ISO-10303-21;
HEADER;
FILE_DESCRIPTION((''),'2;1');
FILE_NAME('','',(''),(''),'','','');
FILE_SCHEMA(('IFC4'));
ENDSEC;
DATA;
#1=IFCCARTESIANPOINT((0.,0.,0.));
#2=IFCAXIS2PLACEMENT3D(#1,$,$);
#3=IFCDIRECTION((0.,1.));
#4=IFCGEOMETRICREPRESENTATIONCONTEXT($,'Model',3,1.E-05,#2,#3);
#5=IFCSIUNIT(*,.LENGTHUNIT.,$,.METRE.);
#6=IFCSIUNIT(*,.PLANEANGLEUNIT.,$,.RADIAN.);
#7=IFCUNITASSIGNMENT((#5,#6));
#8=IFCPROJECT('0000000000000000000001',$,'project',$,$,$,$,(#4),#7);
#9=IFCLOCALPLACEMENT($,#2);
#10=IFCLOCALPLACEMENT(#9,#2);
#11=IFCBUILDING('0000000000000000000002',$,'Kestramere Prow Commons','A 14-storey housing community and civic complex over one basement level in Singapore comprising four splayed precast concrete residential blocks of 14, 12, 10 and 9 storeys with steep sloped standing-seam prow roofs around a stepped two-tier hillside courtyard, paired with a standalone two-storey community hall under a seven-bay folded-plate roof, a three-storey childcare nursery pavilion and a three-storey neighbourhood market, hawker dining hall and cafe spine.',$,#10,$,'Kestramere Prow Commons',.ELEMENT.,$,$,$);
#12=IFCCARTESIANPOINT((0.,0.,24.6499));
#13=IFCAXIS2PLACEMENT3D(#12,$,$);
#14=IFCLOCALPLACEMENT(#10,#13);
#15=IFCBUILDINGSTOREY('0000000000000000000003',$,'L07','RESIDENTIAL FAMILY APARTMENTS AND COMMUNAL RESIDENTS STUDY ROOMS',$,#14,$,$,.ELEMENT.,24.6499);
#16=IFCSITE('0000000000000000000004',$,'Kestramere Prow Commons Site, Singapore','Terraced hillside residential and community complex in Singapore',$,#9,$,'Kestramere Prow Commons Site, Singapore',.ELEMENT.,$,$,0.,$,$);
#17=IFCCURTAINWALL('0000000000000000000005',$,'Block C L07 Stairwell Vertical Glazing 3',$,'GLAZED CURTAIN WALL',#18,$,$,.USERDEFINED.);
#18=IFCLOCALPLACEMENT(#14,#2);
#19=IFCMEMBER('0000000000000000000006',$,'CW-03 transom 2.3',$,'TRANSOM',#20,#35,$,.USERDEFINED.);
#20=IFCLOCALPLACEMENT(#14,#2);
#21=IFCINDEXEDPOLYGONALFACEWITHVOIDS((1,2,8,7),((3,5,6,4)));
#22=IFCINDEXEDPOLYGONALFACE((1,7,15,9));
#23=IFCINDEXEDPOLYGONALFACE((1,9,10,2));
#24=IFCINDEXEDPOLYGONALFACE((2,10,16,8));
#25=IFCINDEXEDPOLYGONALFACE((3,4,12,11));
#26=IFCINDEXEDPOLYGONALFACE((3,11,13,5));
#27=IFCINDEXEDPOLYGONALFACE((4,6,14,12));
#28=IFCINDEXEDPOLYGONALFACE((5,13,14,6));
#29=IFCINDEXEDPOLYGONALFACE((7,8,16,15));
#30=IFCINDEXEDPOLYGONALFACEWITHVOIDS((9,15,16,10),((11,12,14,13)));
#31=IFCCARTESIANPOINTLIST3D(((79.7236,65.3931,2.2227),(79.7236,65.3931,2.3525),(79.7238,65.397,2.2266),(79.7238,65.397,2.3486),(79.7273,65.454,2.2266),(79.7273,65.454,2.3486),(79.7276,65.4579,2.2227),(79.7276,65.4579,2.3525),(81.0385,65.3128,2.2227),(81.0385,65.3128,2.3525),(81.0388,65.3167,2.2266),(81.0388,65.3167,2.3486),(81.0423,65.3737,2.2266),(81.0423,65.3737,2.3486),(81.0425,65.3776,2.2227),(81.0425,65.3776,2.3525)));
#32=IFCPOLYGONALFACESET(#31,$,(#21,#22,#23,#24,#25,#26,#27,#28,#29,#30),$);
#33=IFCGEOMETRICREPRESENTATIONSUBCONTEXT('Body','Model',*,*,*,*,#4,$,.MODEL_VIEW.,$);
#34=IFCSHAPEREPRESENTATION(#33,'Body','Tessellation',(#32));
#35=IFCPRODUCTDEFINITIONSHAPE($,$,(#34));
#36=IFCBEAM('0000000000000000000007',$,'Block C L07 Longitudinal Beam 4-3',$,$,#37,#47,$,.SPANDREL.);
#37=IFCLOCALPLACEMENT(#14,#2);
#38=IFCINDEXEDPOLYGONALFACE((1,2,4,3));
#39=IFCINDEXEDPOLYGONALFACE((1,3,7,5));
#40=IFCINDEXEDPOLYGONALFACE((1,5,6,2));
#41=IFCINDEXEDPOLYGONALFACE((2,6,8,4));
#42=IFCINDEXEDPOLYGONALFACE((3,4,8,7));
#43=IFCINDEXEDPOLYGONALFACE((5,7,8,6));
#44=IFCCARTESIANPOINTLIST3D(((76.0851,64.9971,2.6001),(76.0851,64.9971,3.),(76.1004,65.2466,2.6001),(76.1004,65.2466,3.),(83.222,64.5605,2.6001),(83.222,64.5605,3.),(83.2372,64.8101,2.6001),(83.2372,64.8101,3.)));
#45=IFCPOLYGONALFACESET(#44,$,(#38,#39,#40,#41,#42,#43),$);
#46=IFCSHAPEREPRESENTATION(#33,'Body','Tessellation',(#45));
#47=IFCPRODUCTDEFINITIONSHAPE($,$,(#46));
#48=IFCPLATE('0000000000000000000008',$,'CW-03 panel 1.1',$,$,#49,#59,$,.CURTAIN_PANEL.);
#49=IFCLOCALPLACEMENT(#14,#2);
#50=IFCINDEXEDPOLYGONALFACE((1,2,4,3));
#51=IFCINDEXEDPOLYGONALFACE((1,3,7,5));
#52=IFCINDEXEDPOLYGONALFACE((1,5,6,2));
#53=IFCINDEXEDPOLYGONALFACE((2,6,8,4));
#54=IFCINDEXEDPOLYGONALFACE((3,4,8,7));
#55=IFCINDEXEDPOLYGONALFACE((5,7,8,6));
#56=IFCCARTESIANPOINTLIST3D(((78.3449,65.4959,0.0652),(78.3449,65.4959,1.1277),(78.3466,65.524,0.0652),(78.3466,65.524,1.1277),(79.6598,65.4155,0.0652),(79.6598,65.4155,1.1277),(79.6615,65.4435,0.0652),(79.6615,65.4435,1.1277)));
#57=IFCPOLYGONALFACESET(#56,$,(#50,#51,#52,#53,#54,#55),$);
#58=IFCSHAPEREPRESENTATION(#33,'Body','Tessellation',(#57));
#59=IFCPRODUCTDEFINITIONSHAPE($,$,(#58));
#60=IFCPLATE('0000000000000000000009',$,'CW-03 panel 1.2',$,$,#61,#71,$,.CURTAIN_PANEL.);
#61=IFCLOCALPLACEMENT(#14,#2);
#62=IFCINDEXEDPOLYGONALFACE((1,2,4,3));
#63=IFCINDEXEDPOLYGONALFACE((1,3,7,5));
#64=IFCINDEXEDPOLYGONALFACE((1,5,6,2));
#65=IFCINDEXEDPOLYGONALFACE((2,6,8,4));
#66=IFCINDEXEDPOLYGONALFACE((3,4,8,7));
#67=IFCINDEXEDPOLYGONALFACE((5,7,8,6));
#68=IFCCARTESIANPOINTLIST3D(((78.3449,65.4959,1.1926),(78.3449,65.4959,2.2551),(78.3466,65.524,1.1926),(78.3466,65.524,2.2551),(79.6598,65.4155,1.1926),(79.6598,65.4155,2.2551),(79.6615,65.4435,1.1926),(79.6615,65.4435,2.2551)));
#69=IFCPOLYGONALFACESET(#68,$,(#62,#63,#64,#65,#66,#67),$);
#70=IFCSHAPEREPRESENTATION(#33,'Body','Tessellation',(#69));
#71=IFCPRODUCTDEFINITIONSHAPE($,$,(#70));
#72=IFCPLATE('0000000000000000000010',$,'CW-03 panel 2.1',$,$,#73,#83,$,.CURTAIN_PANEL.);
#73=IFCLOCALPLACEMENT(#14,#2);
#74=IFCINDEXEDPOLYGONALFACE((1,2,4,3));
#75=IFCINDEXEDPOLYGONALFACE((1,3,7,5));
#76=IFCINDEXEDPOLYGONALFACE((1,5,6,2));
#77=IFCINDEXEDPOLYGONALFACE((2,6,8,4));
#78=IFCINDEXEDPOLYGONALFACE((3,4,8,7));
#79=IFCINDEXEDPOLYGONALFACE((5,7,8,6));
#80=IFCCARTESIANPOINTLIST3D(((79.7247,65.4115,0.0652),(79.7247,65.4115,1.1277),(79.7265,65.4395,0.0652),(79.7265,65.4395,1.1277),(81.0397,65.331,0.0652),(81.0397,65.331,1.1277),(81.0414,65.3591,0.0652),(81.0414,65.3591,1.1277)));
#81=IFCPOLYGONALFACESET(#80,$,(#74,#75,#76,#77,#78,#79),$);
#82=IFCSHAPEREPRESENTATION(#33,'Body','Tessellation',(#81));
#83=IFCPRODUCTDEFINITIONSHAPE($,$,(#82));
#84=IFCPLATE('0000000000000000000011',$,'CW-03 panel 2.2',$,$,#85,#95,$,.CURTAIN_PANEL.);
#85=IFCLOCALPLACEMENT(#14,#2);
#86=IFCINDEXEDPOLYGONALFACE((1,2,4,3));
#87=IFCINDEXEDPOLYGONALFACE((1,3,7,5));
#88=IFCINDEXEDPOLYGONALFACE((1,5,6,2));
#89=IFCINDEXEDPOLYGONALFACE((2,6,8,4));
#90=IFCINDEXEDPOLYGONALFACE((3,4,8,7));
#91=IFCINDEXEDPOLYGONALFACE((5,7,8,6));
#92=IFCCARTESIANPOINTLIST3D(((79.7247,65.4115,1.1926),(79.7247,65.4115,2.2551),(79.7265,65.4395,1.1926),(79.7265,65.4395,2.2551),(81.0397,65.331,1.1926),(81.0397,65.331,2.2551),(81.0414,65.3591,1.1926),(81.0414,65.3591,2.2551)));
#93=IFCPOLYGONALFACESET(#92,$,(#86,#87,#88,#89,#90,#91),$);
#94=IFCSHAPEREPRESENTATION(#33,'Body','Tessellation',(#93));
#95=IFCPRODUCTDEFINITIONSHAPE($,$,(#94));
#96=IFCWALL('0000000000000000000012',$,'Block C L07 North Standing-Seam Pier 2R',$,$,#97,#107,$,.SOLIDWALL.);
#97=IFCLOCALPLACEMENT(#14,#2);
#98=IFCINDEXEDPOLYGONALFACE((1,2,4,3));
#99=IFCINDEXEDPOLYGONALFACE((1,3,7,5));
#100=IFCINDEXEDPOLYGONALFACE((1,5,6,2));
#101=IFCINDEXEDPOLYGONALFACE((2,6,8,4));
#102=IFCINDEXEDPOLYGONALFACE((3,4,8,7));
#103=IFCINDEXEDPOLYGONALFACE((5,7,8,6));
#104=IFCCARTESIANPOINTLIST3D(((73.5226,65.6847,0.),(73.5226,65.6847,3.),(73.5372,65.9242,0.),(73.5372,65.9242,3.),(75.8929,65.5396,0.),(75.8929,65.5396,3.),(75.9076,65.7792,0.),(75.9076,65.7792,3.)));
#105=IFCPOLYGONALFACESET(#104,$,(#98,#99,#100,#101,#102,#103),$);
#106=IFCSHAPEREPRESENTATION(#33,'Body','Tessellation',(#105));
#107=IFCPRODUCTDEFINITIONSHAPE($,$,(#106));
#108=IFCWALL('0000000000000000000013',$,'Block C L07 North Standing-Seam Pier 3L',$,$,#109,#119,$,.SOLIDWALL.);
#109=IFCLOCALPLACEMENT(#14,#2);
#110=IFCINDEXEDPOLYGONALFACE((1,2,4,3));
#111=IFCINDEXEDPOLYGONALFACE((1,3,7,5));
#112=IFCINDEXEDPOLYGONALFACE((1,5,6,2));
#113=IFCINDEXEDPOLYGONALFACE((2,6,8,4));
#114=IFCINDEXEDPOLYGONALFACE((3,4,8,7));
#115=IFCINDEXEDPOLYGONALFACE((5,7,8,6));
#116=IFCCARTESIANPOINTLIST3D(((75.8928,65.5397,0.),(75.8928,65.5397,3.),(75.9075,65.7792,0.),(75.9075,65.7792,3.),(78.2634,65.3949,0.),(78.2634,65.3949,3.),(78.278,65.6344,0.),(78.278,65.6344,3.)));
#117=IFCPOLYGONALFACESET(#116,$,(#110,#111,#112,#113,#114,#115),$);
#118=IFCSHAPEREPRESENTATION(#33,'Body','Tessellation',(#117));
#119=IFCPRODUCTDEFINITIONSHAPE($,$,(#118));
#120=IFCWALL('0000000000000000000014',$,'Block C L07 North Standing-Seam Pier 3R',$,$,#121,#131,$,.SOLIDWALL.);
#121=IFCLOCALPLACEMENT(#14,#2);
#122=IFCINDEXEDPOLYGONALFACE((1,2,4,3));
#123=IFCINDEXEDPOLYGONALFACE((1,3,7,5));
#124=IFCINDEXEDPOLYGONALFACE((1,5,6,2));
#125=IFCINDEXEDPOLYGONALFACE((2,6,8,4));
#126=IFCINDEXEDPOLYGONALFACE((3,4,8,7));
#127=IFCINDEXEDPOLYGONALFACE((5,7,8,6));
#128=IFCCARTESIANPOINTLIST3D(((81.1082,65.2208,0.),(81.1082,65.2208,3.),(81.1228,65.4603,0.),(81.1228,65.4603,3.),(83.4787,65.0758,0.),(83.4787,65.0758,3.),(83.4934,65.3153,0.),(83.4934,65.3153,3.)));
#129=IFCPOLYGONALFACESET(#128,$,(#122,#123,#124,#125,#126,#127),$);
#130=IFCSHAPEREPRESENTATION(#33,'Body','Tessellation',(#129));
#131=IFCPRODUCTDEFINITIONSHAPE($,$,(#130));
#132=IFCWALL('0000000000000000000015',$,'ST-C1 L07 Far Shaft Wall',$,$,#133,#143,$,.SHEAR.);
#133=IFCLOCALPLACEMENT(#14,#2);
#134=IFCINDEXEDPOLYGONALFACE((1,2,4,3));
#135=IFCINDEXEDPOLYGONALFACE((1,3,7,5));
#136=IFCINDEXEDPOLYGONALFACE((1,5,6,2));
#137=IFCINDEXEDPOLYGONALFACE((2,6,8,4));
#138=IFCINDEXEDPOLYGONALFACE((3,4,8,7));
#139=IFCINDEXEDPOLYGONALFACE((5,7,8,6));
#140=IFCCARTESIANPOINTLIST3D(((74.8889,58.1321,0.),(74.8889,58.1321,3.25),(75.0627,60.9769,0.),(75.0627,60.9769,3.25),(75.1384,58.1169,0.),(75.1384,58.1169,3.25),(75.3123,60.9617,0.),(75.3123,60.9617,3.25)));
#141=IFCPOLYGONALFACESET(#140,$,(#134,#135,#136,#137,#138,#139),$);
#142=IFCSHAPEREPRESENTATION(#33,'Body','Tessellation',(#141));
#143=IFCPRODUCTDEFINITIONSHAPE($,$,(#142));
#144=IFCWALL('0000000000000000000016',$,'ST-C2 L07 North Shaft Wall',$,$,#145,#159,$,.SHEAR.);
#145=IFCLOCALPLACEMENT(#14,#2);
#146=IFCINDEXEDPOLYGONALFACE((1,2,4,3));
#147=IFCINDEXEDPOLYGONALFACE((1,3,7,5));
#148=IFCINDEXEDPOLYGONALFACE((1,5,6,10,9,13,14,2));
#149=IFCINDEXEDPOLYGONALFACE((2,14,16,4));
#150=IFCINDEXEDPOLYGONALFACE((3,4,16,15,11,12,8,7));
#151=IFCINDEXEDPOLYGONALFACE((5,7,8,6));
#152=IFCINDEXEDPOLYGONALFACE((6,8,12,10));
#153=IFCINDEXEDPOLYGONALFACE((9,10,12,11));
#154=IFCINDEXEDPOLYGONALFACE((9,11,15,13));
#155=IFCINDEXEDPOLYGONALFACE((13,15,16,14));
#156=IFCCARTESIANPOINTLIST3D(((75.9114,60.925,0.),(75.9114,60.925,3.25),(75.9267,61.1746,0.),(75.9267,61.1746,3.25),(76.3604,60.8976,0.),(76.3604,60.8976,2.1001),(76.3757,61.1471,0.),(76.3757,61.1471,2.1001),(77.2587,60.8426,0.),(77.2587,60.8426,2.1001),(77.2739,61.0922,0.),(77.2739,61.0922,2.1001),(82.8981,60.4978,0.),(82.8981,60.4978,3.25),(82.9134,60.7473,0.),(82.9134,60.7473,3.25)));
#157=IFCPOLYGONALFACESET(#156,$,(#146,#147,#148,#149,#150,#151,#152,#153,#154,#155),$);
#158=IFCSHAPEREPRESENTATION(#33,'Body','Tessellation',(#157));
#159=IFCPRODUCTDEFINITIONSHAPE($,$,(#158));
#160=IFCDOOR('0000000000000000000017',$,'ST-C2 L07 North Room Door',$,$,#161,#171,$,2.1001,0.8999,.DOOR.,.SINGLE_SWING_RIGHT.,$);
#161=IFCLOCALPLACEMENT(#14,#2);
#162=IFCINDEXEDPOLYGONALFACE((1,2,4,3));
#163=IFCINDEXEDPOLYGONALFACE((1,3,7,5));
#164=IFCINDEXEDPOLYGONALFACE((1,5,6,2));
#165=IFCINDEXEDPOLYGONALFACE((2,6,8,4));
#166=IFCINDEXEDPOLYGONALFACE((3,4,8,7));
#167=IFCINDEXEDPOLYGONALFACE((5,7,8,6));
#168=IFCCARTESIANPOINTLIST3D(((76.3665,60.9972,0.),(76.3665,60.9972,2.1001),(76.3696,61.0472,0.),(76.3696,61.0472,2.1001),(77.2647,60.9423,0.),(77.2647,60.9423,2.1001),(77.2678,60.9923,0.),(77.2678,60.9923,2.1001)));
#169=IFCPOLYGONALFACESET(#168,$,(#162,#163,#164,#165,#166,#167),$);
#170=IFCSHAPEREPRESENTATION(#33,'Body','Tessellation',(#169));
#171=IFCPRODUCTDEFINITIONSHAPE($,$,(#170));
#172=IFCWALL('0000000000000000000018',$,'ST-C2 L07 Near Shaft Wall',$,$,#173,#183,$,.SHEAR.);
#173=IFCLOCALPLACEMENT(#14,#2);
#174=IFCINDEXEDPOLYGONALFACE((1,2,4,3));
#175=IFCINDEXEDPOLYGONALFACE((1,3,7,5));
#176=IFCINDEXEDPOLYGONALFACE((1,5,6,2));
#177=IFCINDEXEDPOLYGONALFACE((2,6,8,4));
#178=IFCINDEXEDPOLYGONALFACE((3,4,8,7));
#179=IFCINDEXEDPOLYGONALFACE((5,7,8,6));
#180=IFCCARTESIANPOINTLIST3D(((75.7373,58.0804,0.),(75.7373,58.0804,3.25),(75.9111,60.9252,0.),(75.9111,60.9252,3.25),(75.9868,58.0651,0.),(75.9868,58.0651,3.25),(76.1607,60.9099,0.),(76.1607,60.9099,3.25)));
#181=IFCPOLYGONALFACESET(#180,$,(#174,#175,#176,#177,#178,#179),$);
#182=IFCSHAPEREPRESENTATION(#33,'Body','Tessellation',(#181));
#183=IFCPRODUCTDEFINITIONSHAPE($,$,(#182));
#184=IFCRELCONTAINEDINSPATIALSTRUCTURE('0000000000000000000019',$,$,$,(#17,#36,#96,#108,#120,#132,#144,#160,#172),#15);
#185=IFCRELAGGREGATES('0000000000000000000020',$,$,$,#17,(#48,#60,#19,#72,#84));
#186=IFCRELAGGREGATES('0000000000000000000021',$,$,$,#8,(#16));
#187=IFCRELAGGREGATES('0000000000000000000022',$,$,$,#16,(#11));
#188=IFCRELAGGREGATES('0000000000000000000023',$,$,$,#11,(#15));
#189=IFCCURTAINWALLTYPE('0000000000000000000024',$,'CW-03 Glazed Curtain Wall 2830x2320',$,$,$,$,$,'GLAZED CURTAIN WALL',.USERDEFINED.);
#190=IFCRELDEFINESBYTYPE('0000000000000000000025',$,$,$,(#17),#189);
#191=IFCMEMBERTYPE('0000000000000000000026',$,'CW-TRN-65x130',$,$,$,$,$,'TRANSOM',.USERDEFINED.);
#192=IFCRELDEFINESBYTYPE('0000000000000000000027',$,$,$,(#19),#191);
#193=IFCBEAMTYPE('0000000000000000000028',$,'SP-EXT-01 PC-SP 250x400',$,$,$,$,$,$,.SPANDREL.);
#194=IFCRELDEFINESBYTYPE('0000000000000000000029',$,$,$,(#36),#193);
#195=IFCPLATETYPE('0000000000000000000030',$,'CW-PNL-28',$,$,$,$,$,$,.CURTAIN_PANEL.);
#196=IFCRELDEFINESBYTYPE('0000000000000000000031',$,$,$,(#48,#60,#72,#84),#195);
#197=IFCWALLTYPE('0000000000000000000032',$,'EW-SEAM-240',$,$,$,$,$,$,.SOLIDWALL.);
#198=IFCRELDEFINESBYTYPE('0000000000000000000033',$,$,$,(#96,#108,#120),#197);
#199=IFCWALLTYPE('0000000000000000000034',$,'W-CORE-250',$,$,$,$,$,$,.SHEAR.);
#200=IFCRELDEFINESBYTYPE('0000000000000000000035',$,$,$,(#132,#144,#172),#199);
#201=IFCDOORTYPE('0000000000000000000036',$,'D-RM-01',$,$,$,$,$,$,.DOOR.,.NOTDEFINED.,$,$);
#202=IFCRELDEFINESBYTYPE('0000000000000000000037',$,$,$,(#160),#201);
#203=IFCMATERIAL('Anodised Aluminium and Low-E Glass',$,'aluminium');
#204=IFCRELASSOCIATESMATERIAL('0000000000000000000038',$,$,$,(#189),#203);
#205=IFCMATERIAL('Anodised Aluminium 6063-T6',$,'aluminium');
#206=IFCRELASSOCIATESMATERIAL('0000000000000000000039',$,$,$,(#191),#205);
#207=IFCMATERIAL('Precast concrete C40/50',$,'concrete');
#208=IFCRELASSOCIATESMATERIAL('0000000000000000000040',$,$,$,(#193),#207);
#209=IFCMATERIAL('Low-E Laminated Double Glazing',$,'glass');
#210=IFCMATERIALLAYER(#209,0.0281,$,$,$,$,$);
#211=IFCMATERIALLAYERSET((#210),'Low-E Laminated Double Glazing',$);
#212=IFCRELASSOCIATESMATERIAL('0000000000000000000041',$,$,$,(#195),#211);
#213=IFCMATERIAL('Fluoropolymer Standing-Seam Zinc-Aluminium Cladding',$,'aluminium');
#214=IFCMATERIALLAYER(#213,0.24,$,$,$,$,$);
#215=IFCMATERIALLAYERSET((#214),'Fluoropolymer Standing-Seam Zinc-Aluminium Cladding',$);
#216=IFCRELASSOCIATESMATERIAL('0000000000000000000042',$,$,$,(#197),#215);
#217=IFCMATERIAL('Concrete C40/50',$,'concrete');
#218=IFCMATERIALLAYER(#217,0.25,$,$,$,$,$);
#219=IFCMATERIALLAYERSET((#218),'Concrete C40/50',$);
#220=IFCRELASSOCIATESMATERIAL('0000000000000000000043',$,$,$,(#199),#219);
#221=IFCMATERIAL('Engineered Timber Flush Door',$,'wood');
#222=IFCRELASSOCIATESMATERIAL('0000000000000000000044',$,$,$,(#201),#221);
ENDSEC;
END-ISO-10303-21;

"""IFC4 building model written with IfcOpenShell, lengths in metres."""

from ifc_helpers import new_model, si_unit, direction, frame, frame_2d, origin, origin_2d, place, context, subcontext, project, spatial, rectangle, hollow_rectangle, extrude, material, layer, layer_set, material_profile, profile_set, type_object, element, fill, aggregate, save


model = new_model("IFC4")

# Units and contexts
model_context = context("Model", 3, precision=1e-05, world=origin(), true_north=direction((0.0, 1.0)))
body_context = subcontext(model_context, "Body", "Model", "MODEL_VIEW")
ifc_project = project(units=[si_unit("LENGTHUNIT", "METRE"), si_unit("PLANEANGLEUNIT", "RADIAN")], contexts=[model_context])

# Site, building, storey
site_placement = place(None, origin())
site = spatial("IfcSite", under=ifc_project, at=site_placement, Name="Kestramere Prow Commons Site, Singapore", Description="Terraced hillside residential and community complex in Singapore", LongName="Kestramere Prow Commons Site, Singapore", CompositionType="ELEMENT", RefElevation=0.0)
building_placement = place(site_placement, origin())
building = spatial("IfcBuilding", under=site, at=building_placement, Name="Kestramere Prow Commons", Description="A 14-storey housing community and civic complex over one basement level in Singapore comprising four splayed precast concrete residential blocks of 14, 12, 10 and 9 storeys with steep sloped standing-seam prow roofs around a stepped two-tier hillside courtyard, paired with a standalone two-storey community hall under a seven-bay folded-plate roof, a three-storey childcare nursery pavilion and a three-storey neighbourhood market, hawker dining hall and cafe spine.", LongName="Kestramere Prow Commons", CompositionType="ELEMENT")
storey_placement = place(building_placement, frame((0.0, 0.0, 24.6499)))
storey = spatial("IfcBuildingStorey", under=building, at=storey_placement, Name="L07", Description="RESIDENTIAL FAMILY APARTMENTS AND COMMUNAL RESIDENTS STUDY ROOMS", CompositionType="ELEMENT", Elevation=24.6499)

# Shared definitions
ifc_material_1 = material(Name="Precast concrete C40/50", Category="concrete")

# Shared definitions
ifc_material_2 = material(Name="Concrete C40/50", Category="concrete")

# Shared definitions
ifc_material_3 = material(Name="Anodised Aluminium and Low-E Glass", Category="aluminium")
curtain_wall_type = type_object("IfcCurtainWallType", Name="CW-03 Glazed Curtain Wall 2830x2320", ElementType="GLAZED CURTAIN WALL", PredefinedType="USERDEFINED", material=ifc_material_3)
ifc_material_4 = material(Name="Anodised Aluminium 6063-T6", Category="aluminium")

# Curtain wall, member
curtain_wall_1_placement = place(storey_placement, origin())
curtain_wall_1 = element("IfcCurtainWall", 1, at=curtain_wall_1_placement, inside=storey, type_object=curtain_wall_type, Name="Block C L07 Stairwell Vertical Glazing 3", ObjectType="GLAZED CURTAIN WALL", PredefinedType="USERDEFINED")
ifc_material_profile_1 = material_profile(ifc_material_4, hollow_rectangle(XDim=0.0649, YDim=0.1299, WallThickness=0.0039, at=origin_2d()), Name="ALU-TRN 65x130")
ifc_profile_set_1 = profile_set([ifc_material_profile_1], Name="Anodised Aluminium 6063-T6")
member_type_1 = type_object("IfcMemberType", Name="CW-TRN-65x130", ElementType="TRANSOM", PredefinedType="USERDEFINED", material=ifc_profile_set_1)
member_1_placement = place(storey_placement, frame((79.7256, 65.4255, 2.2876), z_axis=(0.99814, -0.060971, 0.0), x_axis=(0.060971, 0.99814, 0.0)))
member_1 = element("IfcMember", 2, at=member_1_placement, type_object=member_type_1, Name="CW-03 transom 2.3", ObjectType="TRANSOM", PredefinedType="USERDEFINED", context=body_context, shape_type="SweptSolid", body=[
    extrude(hollow_rectangle(XDim=0.0649, YDim=0.1299, WallThickness=0.0039, at=origin_2d()), origin(), (0.0, 0.0, 1.0), 1.3174),
])

# Beam
ifc_material_profile_2 = material_profile(ifc_material_1, rectangle(XDim=0.25, YDim=0.3999, at=origin_2d()), Name="PC-SP 250x400")
ifc_profile_set_2 = profile_set([ifc_material_profile_2], Name="Precast concrete C40/50")
beam_type_1 = type_object("IfcBeamType", Name="SP-EXT-01 PC-SP 250x400", PredefinedType="SPANDREL", material=ifc_profile_set_2)
beam_1_placement = place(storey_placement, frame((76.0928, 65.1218, 2.8), z_axis=(0.998135, -0.061052, 0.0), x_axis=(0.061052, 0.998135, 0.0)))
element("IfcBeam", 3, at=beam_1_placement, inside=storey, type_object=beam_type_1, Name="Block C L07 Longitudinal Beam 4-3", PredefinedType="SPANDREL", context=body_context, shape_type="SweptSolid", body=[
    extrude(rectangle(XDim=0.25, YDim=0.3999, at=origin_2d()), origin(), (0.0, 0.0, 1.0), 7.1501),
])

# Plates
ifc_material_5 = material(Name="Low-E Laminated Double Glazing", Category="glass")
ifc_layer_1 = layer(ifc_material_5, 0.0281)
ifc_layer_set_1 = layer_set([ifc_layer_1], Name="Low-E Laminated Double Glazing")
plate_type = type_object("IfcPlateType", Name="CW-PNL-28", PredefinedType="CURTAIN_PANEL", material=ifc_layer_set_1)
plate_1_placement = place(storey_placement, frame((79.0032, 65.4697, 0.0652), z_axis=(0.0, 0.0, 1.0), x_axis=(0.998135, -0.061048, 0.0)))
plate_1 = element("IfcPlate", 4, at=plate_1_placement, type_object=plate_type, Name="CW-03 panel 1.1", PredefinedType="CURTAIN_PANEL", context=body_context, shape_type="SweptSolid", body=[
    extrude(rectangle(XDim=1.3174, YDim=0.0281, at=origin_2d()), origin(), (0.0, 0.0, 1.0), 1.0625),
])
plate_2_placement = place(storey_placement, frame((79.0032, 65.4697, 1.1926), z_axis=(0.0, 0.0, 1.0), x_axis=(0.998135, -0.061048, 0.0)))
plate_2 = element("IfcPlate", 5, at=plate_2_placement, type_object=plate_type, Name="CW-03 panel 1.2", PredefinedType="CURTAIN_PANEL", context=body_context, shape_type="SweptSolid", body=[
    extrude(rectangle(XDim=1.3174, YDim=0.0281, at=origin_2d()), origin(), (0.0, 0.0, 1.0), 1.0625),
])
plate_3_placement = place(storey_placement, frame((80.3831, 65.3853, 0.0652), z_axis=(0.0, 0.0, 1.0), x_axis=(0.998135, -0.061048, 0.0)))
plate_3 = element("IfcPlate", 6, at=plate_3_placement, type_object=plate_type, Name="CW-03 panel 2.1", PredefinedType="CURTAIN_PANEL", context=body_context, shape_type="SweptSolid", body=[
    extrude(rectangle(XDim=1.3174, YDim=0.0281, at=origin_2d()), origin(), (0.0, 0.0, 1.0), 1.0625),
])
plate_4_placement = place(storey_placement, frame((80.3831, 65.3853, 1.1926), z_axis=(0.0, 0.0, 1.0), x_axis=(0.998135, -0.061048, 0.0)))
plate_4 = element("IfcPlate", 7, at=plate_4_placement, type_object=plate_type, Name="CW-03 panel 2.2", PredefinedType="CURTAIN_PANEL", context=body_context, shape_type="SweptSolid", body=[
    extrude(rectangle(XDim=1.3174, YDim=0.0281, at=origin_2d()), origin(), (0.0, 0.0, 1.0), 1.0625),
])
aggregate(curtain_wall_1, [plate_1, plate_2, member_1, plate_3, plate_4])

# Walls
ifc_material_6 = material(Name="Fluoropolymer Standing-Seam Zinc-Aluminium Cladding", Category="aluminium")
ifc_layer_2 = layer(ifc_material_6, 0.24)
ifc_layer_set_2 = layer_set([ifc_layer_2], Name="Fluoropolymer Standing-Seam Zinc-Aluminium Cladding")
wall_type_1 = type_object("IfcWallType", Name="EW-SEAM-240", PredefinedType="SOLIDWALL", material=ifc_layer_set_2)
wall_1_placement = place(storey_placement, frame((73.5298, 65.8044, 0.0), z_axis=(0.0, 0.0, 1.0), x_axis=(0.998134, -0.061066, 0.0)))
element("IfcWall", 8, at=wall_1_placement, inside=storey, type_object=wall_type_1, Name="Block C L07 North Standing-Seam Pier 2R", PredefinedType="SOLIDWALL", context=body_context, shape_type="SweptSolid", body=[
    extrude(rectangle(XDim=2.3748, YDim=0.24, at=frame_2d((1.1875, 0.0))), origin(), (0.0, 0.0, 1.0), 3.0),
])
for number, where, z_axis, x_axis, name in (
    (9, (75.9001, 65.6594, 0.0), (0.0, 0.0, 1.0), (0.99814, -0.060957, 0.0), "Block C L07 North Standing-Seam Pier 3L"),
    (10, (81.1155, 65.3406, 0.0), (0.0, 0.0, 1.0), (0.998134, -0.06106, 0.0), "Block C L07 North Standing-Seam Pier 3R"),
):
    element("IfcWall", number, at=place(storey_placement, frame(where, z_axis=z_axis, x_axis=x_axis)), inside=storey, type_object=wall_type_1, Name=name, PredefinedType="SOLIDWALL", context=body_context, shape_type="SweptSolid", body=[
        extrude(rectangle(XDim=2.375, YDim=0.24, at=frame_2d((1.1875, 0.0))), origin(), (0.0, 0.0, 1.0), 3.0),
    ])
ifc_layer_3 = layer(ifc_material_2, 0.25)
ifc_layer_set_3 = layer_set([ifc_layer_3], Name="Concrete C40/50")
wall_type_2 = type_object("IfcWallType", Name="W-CORE-250", PredefinedType="SHEAR", material=ifc_layer_set_3)
wall_2_placement = place(storey_placement, frame((75.0137, 58.1245, 0.0), z_axis=(0.0, 0.0, 1.0), x_axis=(0.060992, 0.998138, 0.0)))
element("IfcWall", 11, at=wall_2_placement, inside=storey, type_object=wall_type_2, Name="ST-C1 L07 Far Shaft Wall", PredefinedType="SHEAR", context=body_context, shape_type="SweptSolid", body=[
    extrude(rectangle(XDim=2.8501, YDim=0.25, at=frame_2d((1.425, 0.0))), origin(), (0.0, 0.0, 1.0), 3.25),
])

# Wall, opening, door
wall_3_placement = place(storey_placement, frame((75.9189, 61.0498, 0.0), z_axis=(0.0, 0.0, 1.0), x_axis=(0.998136, -0.061036, 0.0)))
wall_3 = element("IfcWall", 12, at=wall_3_placement, inside=storey, type_object=wall_type_2, Name="ST-C2 L07 North Shaft Wall", PredefinedType="SHEAR", context=body_context, shape_type="SweptSolid", body=[
    extrude(rectangle(XDim=6.9998, YDim=0.25, at=frame_2d((3.5, 0.0))), origin(), (0.0, 0.0, 1.0), 3.25),
])
opening_1_placement = place(wall_3_placement, frame((0.45, 0.0, 0.0)))
opening_1 = element("IfcOpeningElement", 13, at=opening_1_placement, cuts=wall_3, PredefinedType="OPENING", context=body_context, shape_type="SweptSolid", body=[
    extrude(rectangle(XDim=0.8999, YDim=2.1001, at=frame_2d((0.45, 1.05))), frame((0.0, 0.1399, 0.0), z_axis=(0.0, -1.0, 0.0), x_axis=(1.0, 0.0, 0.0)), (0.0, 0.0, 1.0), 0.28),
])
ifc_material_7 = material(Name="Engineered Timber Flush Door", Category="wood")
door_type_1 = type_object("IfcDoorType", Name="D-RM-01", OperationType="NOTDEFINED", PredefinedType="DOOR", material=ifc_material_7)
door_1_placement = place(opening_1_placement, origin())
door_1 = element("IfcDoor", 14, at=door_1_placement, inside=storey, type_object=door_type_1, Name="ST-C2 L07 North Room Door", OperationType="SINGLE_SWING_RIGHT", OverallHeight=2.1001, OverallWidth=0.8999, PredefinedType="DOOR", context=body_context, shape_type="SweptSolid", body=[
    extrude(rectangle(XDim=0.8999, YDim=2.1001, at=frame_2d((0.45, 1.05))), frame((0.0, 0.0249, 0.0), z_axis=(0.0, -1.0, 0.0), x_axis=(1.0, 0.0, 0.0)), (0.0, 0.0, 1.0), 0.05),
])
fill(opening_1, door_1)

# Wall
wall_4_placement = place(storey_placement, frame((75.8621, 58.0728, 0.0), z_axis=(0.0, 0.0, 1.0), x_axis=(0.060992, 0.998138, 0.0)))
element("IfcWall", 15, at=wall_4_placement, inside=storey, type_object=wall_type_2, Name="ST-C2 L07 Near Shaft Wall", PredefinedType="SHEAR", context=body_context, shape_type="SweptSolid", body=[
    extrude(rectangle(XDim=2.8501, YDim=0.25, at=frame_2d((1.425, 0.0))), origin(), (0.0, 0.0, 1.0), 3.25),
])

save(model, "model.ifc")
